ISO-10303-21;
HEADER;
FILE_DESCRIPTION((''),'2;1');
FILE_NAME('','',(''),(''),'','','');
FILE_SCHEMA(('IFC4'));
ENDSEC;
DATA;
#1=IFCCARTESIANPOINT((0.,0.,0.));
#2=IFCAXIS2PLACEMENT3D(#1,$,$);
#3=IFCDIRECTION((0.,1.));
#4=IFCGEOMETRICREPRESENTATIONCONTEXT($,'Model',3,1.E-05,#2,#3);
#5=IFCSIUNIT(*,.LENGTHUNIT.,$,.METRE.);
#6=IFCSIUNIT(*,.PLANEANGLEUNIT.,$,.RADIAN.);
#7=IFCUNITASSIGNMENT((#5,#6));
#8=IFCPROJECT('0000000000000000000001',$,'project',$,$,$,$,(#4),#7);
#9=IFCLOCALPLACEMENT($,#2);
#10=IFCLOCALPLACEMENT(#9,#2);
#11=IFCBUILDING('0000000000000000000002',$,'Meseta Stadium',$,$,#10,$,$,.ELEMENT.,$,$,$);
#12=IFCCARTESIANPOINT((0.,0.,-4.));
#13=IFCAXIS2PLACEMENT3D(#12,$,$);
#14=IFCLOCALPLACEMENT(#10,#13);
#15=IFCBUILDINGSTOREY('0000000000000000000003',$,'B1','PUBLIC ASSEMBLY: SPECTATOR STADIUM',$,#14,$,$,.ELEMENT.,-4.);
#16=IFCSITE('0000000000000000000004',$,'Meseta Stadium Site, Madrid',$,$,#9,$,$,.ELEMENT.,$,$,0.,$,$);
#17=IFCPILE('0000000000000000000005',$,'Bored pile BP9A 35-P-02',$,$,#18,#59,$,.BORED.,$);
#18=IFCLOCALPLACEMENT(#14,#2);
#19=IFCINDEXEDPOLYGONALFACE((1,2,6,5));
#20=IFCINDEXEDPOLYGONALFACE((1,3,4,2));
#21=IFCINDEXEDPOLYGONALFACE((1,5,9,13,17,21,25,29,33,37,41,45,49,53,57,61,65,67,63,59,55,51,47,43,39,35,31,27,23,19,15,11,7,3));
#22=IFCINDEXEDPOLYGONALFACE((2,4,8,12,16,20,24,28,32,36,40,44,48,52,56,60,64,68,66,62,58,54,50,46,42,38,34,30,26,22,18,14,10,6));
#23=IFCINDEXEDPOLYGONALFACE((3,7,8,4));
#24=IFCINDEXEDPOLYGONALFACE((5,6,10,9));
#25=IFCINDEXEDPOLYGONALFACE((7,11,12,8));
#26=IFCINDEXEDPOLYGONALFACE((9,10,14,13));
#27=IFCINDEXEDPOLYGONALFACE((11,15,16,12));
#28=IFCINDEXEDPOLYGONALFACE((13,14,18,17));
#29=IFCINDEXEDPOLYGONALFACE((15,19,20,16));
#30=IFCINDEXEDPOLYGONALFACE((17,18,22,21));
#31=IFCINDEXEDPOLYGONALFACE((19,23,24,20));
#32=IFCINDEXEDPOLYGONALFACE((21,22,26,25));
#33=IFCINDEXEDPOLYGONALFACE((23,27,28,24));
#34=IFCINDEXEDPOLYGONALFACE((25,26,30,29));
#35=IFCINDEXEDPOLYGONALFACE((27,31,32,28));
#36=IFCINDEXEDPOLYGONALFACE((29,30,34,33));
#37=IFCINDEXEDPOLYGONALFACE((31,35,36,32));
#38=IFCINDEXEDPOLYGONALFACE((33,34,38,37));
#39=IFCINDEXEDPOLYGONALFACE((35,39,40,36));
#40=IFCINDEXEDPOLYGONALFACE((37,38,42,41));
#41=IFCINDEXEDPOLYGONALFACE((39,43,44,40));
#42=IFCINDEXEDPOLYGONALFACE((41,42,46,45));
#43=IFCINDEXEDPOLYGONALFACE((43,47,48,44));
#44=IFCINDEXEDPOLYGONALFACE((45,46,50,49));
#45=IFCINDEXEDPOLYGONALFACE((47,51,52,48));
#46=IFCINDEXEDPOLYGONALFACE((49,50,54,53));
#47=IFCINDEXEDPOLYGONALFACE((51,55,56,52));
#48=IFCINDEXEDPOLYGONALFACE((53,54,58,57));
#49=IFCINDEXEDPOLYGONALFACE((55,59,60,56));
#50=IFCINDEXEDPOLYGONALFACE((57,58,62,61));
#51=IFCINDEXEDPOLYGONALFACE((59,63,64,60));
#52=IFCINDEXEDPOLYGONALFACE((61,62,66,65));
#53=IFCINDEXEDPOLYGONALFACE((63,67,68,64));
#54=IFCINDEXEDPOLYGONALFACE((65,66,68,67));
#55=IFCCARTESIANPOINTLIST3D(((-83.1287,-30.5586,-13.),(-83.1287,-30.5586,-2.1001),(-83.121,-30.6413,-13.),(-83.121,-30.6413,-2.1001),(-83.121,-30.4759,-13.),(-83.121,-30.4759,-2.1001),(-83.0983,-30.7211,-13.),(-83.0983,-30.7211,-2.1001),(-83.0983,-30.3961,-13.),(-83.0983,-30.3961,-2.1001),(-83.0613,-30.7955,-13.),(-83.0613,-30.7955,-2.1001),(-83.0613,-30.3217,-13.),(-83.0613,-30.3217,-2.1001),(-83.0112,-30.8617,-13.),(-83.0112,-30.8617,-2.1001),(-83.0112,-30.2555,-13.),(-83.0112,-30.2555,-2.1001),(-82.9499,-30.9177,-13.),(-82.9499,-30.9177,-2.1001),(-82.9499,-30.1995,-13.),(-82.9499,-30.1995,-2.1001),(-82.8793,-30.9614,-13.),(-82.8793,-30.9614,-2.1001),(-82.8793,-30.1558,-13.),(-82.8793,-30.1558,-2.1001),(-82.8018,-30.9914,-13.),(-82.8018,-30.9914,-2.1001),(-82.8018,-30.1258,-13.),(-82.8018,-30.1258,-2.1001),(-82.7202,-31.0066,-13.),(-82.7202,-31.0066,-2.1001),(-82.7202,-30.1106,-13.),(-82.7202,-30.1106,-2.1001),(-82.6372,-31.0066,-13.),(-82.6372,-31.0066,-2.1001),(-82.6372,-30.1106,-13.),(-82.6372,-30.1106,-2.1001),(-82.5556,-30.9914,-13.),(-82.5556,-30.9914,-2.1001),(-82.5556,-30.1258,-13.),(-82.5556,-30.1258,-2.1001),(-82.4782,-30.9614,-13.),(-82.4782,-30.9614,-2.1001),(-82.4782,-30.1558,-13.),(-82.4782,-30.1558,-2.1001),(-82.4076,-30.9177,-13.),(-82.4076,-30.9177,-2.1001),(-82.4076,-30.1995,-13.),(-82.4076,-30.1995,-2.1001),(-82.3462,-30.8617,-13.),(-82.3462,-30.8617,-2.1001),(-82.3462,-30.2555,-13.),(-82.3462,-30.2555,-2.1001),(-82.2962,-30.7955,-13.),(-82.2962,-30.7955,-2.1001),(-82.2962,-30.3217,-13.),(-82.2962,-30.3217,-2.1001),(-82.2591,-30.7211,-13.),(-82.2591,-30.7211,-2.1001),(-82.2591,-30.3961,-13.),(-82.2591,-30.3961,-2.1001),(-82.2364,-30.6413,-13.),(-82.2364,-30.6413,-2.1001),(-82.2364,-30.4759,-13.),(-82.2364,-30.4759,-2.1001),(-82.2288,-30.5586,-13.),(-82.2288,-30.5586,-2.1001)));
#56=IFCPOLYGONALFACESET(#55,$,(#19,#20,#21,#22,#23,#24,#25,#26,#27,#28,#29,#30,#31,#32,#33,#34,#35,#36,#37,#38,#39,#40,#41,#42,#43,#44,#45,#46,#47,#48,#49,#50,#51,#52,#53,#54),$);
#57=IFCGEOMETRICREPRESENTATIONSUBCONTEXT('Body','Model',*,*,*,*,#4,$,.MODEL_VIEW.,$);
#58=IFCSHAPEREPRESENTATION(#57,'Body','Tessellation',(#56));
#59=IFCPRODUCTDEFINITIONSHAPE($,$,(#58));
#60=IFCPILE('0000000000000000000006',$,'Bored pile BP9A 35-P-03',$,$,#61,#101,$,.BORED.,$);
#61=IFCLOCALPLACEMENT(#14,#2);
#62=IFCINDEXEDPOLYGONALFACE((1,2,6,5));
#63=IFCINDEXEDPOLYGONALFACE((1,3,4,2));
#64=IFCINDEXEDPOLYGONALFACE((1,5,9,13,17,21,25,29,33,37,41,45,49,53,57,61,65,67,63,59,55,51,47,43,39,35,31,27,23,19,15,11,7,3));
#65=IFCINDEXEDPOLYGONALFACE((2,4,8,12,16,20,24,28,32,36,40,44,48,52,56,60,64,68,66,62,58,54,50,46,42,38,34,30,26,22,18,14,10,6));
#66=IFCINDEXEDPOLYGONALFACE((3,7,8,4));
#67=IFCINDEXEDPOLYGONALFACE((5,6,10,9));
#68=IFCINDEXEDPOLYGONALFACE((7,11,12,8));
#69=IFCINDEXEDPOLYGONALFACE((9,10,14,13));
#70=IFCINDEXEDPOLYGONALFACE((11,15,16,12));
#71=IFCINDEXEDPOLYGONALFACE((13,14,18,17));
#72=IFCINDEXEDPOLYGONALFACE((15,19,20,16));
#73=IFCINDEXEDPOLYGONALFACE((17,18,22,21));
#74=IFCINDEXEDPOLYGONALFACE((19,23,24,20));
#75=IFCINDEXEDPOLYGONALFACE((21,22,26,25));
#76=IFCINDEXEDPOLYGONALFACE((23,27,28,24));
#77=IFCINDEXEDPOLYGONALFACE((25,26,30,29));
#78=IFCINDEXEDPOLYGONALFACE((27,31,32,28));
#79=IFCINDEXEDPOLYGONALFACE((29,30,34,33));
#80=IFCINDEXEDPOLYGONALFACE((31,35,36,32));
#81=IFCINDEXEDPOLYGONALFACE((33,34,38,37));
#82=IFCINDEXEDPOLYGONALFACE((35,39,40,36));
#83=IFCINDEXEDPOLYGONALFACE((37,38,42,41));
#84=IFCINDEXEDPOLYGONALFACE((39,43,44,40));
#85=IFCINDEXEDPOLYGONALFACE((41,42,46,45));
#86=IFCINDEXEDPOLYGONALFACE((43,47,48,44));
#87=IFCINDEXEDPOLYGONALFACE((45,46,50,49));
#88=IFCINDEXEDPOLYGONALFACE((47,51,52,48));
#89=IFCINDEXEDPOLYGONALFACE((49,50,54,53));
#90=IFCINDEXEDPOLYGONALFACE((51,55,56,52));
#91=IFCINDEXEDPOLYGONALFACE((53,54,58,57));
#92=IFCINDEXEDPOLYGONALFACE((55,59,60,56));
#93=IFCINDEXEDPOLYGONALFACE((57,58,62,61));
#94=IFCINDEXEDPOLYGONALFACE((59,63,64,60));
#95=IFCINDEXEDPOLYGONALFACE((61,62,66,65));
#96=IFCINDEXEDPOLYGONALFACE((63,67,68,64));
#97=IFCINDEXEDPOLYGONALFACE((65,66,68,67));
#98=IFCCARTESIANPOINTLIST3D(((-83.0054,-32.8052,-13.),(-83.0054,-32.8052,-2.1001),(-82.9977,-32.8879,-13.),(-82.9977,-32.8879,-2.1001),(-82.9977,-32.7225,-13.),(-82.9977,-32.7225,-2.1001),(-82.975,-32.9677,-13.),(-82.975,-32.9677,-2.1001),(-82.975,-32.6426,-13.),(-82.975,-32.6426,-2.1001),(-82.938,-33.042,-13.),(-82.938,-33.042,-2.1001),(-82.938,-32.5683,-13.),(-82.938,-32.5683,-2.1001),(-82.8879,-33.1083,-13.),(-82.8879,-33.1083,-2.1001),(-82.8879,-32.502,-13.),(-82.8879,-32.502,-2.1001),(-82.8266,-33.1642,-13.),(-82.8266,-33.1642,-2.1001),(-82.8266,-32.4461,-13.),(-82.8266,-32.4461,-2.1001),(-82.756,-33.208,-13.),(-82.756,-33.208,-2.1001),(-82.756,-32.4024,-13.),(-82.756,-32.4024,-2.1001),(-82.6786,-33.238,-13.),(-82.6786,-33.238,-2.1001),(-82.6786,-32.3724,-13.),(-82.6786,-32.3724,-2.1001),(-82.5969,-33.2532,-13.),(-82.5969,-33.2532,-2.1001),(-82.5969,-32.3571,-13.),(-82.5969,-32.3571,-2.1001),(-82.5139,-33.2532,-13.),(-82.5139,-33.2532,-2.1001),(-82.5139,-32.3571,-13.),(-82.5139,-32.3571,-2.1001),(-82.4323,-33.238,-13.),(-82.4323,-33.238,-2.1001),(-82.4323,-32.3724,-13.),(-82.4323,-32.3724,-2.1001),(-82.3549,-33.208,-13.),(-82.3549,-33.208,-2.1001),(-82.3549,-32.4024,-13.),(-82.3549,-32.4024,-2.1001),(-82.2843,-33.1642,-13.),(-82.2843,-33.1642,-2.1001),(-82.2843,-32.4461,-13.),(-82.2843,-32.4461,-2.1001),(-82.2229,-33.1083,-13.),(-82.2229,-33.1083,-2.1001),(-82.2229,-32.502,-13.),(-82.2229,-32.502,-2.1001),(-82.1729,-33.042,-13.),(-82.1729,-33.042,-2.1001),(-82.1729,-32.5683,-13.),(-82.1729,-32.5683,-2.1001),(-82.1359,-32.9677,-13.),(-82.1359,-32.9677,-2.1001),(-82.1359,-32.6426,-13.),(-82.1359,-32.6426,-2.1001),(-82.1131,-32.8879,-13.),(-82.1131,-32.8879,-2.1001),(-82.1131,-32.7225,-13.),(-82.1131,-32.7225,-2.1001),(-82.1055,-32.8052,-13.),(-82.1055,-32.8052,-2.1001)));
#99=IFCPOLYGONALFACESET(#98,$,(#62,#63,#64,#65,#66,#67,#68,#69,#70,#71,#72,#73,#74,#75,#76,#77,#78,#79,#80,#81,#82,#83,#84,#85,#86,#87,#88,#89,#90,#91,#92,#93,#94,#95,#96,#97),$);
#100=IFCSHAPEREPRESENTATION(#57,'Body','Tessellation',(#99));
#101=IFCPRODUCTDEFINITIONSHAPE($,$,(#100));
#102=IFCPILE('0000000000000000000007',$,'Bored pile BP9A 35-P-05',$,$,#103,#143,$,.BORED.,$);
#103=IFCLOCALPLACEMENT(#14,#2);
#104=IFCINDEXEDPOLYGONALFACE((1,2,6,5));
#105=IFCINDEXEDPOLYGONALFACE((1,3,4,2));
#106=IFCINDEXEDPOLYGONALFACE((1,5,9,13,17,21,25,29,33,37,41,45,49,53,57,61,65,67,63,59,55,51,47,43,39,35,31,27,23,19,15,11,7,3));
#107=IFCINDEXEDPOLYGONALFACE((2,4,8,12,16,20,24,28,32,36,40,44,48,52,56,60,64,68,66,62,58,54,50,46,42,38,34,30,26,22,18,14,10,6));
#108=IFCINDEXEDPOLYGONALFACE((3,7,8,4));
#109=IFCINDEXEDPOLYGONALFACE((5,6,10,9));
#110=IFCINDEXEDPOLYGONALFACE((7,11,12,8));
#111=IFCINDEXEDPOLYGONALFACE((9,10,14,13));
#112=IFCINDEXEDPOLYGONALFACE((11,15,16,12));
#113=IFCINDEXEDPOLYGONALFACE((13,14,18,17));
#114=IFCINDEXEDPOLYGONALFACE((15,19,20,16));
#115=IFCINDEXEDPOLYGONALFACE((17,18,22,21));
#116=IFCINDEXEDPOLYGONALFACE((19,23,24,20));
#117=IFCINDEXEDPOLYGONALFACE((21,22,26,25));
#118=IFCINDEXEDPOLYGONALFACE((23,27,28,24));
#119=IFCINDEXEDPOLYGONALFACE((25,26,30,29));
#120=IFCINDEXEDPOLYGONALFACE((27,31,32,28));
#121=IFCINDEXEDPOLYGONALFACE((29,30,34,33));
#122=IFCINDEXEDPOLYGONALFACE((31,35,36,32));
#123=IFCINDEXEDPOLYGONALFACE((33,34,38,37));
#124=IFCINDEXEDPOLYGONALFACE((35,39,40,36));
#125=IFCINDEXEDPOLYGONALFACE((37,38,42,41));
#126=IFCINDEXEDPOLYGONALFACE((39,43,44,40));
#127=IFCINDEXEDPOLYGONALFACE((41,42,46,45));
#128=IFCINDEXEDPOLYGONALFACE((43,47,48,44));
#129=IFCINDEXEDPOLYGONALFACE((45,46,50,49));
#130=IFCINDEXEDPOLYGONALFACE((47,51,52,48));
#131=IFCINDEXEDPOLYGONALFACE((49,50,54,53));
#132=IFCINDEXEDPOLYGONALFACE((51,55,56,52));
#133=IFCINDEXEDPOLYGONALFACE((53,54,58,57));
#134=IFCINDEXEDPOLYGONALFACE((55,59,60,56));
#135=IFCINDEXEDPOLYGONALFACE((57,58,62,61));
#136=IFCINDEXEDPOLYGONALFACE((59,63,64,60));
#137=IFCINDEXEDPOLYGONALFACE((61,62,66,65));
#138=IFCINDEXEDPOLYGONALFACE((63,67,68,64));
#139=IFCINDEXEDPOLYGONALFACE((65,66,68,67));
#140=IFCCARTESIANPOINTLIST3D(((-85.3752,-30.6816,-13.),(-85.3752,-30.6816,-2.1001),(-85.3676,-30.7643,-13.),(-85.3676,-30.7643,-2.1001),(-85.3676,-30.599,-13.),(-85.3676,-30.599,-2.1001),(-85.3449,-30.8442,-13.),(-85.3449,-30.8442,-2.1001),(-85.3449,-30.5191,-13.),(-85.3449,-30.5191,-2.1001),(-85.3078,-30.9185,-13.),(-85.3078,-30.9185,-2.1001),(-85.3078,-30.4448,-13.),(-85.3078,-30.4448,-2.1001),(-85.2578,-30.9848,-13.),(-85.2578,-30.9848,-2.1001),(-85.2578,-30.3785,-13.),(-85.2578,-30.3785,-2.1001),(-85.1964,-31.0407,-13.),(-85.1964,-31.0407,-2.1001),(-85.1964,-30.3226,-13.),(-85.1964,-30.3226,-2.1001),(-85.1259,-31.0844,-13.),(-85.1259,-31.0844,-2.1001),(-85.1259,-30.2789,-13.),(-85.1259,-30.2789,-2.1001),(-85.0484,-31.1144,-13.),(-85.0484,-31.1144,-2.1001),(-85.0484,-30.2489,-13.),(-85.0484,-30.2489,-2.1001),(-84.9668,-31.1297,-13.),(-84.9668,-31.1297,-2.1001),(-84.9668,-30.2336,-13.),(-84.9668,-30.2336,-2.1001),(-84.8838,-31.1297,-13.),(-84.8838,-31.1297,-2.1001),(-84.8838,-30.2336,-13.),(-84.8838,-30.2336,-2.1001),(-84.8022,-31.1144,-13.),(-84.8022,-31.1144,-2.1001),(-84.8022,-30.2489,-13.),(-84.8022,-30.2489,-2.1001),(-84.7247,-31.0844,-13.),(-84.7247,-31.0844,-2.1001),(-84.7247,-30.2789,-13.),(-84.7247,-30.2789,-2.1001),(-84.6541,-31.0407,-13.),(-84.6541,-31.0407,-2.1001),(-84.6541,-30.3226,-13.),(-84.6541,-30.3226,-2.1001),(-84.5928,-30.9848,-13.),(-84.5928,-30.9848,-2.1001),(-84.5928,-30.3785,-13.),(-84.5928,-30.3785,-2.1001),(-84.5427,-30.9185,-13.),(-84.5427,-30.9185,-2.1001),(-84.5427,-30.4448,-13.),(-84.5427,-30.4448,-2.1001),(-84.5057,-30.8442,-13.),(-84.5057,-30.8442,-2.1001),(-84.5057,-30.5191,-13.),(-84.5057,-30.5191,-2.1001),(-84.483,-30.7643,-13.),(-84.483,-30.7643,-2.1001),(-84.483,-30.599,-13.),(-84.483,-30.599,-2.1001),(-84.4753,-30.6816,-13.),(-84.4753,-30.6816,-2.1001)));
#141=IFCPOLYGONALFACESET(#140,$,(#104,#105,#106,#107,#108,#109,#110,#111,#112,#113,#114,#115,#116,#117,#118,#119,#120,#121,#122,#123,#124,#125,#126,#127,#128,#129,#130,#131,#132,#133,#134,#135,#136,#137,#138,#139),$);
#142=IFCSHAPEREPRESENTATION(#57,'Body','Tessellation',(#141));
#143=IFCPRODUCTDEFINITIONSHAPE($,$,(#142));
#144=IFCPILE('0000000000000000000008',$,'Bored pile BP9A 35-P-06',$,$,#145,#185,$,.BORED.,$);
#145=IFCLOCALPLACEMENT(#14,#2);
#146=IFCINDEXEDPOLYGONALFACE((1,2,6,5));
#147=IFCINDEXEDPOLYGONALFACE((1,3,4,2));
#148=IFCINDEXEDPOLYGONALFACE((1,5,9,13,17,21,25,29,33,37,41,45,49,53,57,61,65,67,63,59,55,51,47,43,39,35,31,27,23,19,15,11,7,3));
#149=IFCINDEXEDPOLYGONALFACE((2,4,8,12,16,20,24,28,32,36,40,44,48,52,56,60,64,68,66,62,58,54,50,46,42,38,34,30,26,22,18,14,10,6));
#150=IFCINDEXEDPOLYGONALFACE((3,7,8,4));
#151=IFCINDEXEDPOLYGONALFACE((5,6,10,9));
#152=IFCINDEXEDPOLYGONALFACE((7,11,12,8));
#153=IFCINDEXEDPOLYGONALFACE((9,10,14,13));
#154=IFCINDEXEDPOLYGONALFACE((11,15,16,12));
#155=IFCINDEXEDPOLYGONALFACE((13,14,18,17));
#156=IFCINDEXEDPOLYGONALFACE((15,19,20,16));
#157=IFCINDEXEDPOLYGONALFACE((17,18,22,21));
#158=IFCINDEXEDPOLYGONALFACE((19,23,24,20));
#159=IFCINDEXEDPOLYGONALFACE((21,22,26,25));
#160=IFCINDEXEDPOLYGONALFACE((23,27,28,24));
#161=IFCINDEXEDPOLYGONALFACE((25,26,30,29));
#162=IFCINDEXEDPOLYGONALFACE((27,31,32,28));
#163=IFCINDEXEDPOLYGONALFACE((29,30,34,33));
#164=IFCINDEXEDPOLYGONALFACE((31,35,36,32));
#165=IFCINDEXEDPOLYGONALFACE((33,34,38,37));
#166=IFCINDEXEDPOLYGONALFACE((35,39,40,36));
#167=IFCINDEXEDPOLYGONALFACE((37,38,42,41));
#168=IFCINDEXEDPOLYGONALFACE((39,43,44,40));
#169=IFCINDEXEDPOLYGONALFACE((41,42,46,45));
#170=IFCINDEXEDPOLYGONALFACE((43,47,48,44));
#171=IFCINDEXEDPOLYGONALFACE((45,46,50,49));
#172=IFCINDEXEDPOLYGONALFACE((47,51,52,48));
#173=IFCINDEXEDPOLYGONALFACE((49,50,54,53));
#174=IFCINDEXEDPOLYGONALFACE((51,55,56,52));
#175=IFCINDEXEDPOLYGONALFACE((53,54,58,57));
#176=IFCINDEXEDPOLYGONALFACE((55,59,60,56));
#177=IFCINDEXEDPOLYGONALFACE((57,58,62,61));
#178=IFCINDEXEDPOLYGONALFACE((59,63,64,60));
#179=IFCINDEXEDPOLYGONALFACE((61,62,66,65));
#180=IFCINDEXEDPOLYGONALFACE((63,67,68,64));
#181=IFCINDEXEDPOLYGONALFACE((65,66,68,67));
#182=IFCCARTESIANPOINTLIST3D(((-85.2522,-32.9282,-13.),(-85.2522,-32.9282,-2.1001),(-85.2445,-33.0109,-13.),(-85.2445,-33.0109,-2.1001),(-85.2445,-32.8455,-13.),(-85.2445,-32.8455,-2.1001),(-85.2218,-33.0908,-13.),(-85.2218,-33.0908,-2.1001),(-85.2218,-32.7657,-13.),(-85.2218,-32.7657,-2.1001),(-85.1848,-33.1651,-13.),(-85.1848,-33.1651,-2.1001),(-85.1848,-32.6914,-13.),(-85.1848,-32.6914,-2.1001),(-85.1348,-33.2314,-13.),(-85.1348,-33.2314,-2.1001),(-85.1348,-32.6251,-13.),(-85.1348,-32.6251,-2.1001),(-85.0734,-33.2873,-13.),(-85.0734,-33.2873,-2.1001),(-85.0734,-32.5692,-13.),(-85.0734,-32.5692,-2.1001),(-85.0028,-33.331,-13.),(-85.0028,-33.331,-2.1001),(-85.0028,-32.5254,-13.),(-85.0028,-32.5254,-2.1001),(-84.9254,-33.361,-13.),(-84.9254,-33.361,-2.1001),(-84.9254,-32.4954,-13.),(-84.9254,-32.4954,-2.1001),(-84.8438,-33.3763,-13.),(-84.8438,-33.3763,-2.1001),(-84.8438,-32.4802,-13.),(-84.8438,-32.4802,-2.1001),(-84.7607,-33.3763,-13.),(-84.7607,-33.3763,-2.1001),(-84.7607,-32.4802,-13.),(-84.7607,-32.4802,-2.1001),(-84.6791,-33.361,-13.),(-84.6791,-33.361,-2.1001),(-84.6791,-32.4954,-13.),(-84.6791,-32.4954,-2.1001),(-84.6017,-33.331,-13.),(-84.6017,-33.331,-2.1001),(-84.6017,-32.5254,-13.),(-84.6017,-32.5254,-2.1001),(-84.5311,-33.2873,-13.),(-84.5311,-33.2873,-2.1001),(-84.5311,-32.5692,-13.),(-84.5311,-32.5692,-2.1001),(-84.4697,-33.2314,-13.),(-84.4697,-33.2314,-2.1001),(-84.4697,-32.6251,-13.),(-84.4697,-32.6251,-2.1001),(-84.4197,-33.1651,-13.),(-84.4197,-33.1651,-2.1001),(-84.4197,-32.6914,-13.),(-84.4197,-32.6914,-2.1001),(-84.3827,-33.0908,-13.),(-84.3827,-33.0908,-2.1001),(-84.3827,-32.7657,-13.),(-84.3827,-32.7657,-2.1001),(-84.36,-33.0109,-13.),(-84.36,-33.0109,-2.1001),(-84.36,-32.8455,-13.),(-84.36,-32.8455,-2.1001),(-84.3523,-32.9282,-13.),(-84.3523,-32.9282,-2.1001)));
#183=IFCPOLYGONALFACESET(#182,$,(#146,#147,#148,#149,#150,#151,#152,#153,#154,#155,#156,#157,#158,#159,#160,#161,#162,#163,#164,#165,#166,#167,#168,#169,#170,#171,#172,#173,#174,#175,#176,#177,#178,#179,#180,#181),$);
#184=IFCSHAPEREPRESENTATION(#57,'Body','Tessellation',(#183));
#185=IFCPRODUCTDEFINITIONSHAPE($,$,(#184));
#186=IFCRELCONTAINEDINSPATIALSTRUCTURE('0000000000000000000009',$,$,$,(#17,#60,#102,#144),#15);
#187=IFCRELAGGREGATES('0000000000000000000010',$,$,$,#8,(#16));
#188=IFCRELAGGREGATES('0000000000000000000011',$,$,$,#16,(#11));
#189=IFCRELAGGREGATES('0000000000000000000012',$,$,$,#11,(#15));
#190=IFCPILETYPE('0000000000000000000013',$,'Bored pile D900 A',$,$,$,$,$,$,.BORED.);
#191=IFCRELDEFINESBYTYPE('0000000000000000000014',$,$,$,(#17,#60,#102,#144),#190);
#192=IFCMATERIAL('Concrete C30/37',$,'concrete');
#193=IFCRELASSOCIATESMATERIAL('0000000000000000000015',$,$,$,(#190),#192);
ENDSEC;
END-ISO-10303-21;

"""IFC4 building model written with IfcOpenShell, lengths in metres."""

from ifc_helpers import new_model, si_unit, direction, frame, origin, origin_2d, place, context, subcontext, project, spatial, circle, extrude, material, material_profile, profile_set, type_object, element, save


model = new_model("IFC4")

# Units and contexts
model_context = context("Model", 3, precision=1e-05, world=origin(), true_north=direction((0.0, 1.0)))
body_context = subcontext(model_context, "Body", "Model", "MODEL_VIEW")
ifc_project = project(units=[si_unit("LENGTHUNIT", "METRE"), si_unit("PLANEANGLEUNIT", "RADIAN")], contexts=[model_context])

# Site, building, storey
site_placement = place(None, origin())
site = spatial("IfcSite", under=ifc_project, at=site_placement, Name="Meseta Stadium Site, Madrid", CompositionType="ELEMENT", RefElevation=0.0)
building_placement = place(site_placement, origin())
building = spatial("IfcBuilding", under=site, at=building_placement, Name="Meseta Stadium", CompositionType="ELEMENT")
storey_placement = place(building_placement, frame((0.0, 0.0, -4.0)))
storey = spatial("IfcBuildingStorey", under=building, at=storey_placement, Name="B1", Description="PUBLIC ASSEMBLY: SPECTATOR STADIUM", CompositionType="ELEMENT", Elevation=-4.0)

# Piles
ifc_material_1 = material(Name="Concrete C30/37", Category="concrete")
ifc_material_profile_1 = material_profile(ifc_material_1, circle(Radius=0.45, at=origin_2d()), Name="D900")
ifc_profile_set_1 = profile_set([ifc_material_profile_1], Name="Concrete C30/37")
pile_type = type_object("IfcPileType", Name="Bored pile D900 A", PredefinedType="BORED", material=ifc_profile_set_1)
for number, where, z_axis, x_axis, name in (
    (1, (-82.6787, -30.5586, -2.1001), (0.0, 0.0, -1.0), (1.0, 0.0, 0.0), "Bored pile BP9A 35-P-02"),
    (2, (-82.5554, -32.8052, -2.1001), (0.0, 0.0, -1.0), (1.0, 0.0, 0.0), "Bored pile BP9A 35-P-03"),
    (3, (-84.9253, -30.6816, -2.1001), (0.0, 0.0, -1.0), (1.0, 0.0, 0.0), "Bored pile BP9A 35-P-05"),
    (4, (-84.8022, -32.9282, -2.1001), (0.0, 0.0, -1.0), (1.0, 0.0, 0.0), "Bored pile BP9A 35-P-06"),
):
    element("IfcPile", number, at=place(storey_placement, frame(where, z_axis=z_axis, x_axis=x_axis)), inside=storey, type_object=pile_type, Name=name, PredefinedType="BORED", context=body_context, shape_type="SweptSolid", body=[
        extrude(circle(Radius=0.45, at=origin_2d()), origin(), (0.0, 0.0, 1.0), 10.8999),
    ])

save(model, "model.ifc")
